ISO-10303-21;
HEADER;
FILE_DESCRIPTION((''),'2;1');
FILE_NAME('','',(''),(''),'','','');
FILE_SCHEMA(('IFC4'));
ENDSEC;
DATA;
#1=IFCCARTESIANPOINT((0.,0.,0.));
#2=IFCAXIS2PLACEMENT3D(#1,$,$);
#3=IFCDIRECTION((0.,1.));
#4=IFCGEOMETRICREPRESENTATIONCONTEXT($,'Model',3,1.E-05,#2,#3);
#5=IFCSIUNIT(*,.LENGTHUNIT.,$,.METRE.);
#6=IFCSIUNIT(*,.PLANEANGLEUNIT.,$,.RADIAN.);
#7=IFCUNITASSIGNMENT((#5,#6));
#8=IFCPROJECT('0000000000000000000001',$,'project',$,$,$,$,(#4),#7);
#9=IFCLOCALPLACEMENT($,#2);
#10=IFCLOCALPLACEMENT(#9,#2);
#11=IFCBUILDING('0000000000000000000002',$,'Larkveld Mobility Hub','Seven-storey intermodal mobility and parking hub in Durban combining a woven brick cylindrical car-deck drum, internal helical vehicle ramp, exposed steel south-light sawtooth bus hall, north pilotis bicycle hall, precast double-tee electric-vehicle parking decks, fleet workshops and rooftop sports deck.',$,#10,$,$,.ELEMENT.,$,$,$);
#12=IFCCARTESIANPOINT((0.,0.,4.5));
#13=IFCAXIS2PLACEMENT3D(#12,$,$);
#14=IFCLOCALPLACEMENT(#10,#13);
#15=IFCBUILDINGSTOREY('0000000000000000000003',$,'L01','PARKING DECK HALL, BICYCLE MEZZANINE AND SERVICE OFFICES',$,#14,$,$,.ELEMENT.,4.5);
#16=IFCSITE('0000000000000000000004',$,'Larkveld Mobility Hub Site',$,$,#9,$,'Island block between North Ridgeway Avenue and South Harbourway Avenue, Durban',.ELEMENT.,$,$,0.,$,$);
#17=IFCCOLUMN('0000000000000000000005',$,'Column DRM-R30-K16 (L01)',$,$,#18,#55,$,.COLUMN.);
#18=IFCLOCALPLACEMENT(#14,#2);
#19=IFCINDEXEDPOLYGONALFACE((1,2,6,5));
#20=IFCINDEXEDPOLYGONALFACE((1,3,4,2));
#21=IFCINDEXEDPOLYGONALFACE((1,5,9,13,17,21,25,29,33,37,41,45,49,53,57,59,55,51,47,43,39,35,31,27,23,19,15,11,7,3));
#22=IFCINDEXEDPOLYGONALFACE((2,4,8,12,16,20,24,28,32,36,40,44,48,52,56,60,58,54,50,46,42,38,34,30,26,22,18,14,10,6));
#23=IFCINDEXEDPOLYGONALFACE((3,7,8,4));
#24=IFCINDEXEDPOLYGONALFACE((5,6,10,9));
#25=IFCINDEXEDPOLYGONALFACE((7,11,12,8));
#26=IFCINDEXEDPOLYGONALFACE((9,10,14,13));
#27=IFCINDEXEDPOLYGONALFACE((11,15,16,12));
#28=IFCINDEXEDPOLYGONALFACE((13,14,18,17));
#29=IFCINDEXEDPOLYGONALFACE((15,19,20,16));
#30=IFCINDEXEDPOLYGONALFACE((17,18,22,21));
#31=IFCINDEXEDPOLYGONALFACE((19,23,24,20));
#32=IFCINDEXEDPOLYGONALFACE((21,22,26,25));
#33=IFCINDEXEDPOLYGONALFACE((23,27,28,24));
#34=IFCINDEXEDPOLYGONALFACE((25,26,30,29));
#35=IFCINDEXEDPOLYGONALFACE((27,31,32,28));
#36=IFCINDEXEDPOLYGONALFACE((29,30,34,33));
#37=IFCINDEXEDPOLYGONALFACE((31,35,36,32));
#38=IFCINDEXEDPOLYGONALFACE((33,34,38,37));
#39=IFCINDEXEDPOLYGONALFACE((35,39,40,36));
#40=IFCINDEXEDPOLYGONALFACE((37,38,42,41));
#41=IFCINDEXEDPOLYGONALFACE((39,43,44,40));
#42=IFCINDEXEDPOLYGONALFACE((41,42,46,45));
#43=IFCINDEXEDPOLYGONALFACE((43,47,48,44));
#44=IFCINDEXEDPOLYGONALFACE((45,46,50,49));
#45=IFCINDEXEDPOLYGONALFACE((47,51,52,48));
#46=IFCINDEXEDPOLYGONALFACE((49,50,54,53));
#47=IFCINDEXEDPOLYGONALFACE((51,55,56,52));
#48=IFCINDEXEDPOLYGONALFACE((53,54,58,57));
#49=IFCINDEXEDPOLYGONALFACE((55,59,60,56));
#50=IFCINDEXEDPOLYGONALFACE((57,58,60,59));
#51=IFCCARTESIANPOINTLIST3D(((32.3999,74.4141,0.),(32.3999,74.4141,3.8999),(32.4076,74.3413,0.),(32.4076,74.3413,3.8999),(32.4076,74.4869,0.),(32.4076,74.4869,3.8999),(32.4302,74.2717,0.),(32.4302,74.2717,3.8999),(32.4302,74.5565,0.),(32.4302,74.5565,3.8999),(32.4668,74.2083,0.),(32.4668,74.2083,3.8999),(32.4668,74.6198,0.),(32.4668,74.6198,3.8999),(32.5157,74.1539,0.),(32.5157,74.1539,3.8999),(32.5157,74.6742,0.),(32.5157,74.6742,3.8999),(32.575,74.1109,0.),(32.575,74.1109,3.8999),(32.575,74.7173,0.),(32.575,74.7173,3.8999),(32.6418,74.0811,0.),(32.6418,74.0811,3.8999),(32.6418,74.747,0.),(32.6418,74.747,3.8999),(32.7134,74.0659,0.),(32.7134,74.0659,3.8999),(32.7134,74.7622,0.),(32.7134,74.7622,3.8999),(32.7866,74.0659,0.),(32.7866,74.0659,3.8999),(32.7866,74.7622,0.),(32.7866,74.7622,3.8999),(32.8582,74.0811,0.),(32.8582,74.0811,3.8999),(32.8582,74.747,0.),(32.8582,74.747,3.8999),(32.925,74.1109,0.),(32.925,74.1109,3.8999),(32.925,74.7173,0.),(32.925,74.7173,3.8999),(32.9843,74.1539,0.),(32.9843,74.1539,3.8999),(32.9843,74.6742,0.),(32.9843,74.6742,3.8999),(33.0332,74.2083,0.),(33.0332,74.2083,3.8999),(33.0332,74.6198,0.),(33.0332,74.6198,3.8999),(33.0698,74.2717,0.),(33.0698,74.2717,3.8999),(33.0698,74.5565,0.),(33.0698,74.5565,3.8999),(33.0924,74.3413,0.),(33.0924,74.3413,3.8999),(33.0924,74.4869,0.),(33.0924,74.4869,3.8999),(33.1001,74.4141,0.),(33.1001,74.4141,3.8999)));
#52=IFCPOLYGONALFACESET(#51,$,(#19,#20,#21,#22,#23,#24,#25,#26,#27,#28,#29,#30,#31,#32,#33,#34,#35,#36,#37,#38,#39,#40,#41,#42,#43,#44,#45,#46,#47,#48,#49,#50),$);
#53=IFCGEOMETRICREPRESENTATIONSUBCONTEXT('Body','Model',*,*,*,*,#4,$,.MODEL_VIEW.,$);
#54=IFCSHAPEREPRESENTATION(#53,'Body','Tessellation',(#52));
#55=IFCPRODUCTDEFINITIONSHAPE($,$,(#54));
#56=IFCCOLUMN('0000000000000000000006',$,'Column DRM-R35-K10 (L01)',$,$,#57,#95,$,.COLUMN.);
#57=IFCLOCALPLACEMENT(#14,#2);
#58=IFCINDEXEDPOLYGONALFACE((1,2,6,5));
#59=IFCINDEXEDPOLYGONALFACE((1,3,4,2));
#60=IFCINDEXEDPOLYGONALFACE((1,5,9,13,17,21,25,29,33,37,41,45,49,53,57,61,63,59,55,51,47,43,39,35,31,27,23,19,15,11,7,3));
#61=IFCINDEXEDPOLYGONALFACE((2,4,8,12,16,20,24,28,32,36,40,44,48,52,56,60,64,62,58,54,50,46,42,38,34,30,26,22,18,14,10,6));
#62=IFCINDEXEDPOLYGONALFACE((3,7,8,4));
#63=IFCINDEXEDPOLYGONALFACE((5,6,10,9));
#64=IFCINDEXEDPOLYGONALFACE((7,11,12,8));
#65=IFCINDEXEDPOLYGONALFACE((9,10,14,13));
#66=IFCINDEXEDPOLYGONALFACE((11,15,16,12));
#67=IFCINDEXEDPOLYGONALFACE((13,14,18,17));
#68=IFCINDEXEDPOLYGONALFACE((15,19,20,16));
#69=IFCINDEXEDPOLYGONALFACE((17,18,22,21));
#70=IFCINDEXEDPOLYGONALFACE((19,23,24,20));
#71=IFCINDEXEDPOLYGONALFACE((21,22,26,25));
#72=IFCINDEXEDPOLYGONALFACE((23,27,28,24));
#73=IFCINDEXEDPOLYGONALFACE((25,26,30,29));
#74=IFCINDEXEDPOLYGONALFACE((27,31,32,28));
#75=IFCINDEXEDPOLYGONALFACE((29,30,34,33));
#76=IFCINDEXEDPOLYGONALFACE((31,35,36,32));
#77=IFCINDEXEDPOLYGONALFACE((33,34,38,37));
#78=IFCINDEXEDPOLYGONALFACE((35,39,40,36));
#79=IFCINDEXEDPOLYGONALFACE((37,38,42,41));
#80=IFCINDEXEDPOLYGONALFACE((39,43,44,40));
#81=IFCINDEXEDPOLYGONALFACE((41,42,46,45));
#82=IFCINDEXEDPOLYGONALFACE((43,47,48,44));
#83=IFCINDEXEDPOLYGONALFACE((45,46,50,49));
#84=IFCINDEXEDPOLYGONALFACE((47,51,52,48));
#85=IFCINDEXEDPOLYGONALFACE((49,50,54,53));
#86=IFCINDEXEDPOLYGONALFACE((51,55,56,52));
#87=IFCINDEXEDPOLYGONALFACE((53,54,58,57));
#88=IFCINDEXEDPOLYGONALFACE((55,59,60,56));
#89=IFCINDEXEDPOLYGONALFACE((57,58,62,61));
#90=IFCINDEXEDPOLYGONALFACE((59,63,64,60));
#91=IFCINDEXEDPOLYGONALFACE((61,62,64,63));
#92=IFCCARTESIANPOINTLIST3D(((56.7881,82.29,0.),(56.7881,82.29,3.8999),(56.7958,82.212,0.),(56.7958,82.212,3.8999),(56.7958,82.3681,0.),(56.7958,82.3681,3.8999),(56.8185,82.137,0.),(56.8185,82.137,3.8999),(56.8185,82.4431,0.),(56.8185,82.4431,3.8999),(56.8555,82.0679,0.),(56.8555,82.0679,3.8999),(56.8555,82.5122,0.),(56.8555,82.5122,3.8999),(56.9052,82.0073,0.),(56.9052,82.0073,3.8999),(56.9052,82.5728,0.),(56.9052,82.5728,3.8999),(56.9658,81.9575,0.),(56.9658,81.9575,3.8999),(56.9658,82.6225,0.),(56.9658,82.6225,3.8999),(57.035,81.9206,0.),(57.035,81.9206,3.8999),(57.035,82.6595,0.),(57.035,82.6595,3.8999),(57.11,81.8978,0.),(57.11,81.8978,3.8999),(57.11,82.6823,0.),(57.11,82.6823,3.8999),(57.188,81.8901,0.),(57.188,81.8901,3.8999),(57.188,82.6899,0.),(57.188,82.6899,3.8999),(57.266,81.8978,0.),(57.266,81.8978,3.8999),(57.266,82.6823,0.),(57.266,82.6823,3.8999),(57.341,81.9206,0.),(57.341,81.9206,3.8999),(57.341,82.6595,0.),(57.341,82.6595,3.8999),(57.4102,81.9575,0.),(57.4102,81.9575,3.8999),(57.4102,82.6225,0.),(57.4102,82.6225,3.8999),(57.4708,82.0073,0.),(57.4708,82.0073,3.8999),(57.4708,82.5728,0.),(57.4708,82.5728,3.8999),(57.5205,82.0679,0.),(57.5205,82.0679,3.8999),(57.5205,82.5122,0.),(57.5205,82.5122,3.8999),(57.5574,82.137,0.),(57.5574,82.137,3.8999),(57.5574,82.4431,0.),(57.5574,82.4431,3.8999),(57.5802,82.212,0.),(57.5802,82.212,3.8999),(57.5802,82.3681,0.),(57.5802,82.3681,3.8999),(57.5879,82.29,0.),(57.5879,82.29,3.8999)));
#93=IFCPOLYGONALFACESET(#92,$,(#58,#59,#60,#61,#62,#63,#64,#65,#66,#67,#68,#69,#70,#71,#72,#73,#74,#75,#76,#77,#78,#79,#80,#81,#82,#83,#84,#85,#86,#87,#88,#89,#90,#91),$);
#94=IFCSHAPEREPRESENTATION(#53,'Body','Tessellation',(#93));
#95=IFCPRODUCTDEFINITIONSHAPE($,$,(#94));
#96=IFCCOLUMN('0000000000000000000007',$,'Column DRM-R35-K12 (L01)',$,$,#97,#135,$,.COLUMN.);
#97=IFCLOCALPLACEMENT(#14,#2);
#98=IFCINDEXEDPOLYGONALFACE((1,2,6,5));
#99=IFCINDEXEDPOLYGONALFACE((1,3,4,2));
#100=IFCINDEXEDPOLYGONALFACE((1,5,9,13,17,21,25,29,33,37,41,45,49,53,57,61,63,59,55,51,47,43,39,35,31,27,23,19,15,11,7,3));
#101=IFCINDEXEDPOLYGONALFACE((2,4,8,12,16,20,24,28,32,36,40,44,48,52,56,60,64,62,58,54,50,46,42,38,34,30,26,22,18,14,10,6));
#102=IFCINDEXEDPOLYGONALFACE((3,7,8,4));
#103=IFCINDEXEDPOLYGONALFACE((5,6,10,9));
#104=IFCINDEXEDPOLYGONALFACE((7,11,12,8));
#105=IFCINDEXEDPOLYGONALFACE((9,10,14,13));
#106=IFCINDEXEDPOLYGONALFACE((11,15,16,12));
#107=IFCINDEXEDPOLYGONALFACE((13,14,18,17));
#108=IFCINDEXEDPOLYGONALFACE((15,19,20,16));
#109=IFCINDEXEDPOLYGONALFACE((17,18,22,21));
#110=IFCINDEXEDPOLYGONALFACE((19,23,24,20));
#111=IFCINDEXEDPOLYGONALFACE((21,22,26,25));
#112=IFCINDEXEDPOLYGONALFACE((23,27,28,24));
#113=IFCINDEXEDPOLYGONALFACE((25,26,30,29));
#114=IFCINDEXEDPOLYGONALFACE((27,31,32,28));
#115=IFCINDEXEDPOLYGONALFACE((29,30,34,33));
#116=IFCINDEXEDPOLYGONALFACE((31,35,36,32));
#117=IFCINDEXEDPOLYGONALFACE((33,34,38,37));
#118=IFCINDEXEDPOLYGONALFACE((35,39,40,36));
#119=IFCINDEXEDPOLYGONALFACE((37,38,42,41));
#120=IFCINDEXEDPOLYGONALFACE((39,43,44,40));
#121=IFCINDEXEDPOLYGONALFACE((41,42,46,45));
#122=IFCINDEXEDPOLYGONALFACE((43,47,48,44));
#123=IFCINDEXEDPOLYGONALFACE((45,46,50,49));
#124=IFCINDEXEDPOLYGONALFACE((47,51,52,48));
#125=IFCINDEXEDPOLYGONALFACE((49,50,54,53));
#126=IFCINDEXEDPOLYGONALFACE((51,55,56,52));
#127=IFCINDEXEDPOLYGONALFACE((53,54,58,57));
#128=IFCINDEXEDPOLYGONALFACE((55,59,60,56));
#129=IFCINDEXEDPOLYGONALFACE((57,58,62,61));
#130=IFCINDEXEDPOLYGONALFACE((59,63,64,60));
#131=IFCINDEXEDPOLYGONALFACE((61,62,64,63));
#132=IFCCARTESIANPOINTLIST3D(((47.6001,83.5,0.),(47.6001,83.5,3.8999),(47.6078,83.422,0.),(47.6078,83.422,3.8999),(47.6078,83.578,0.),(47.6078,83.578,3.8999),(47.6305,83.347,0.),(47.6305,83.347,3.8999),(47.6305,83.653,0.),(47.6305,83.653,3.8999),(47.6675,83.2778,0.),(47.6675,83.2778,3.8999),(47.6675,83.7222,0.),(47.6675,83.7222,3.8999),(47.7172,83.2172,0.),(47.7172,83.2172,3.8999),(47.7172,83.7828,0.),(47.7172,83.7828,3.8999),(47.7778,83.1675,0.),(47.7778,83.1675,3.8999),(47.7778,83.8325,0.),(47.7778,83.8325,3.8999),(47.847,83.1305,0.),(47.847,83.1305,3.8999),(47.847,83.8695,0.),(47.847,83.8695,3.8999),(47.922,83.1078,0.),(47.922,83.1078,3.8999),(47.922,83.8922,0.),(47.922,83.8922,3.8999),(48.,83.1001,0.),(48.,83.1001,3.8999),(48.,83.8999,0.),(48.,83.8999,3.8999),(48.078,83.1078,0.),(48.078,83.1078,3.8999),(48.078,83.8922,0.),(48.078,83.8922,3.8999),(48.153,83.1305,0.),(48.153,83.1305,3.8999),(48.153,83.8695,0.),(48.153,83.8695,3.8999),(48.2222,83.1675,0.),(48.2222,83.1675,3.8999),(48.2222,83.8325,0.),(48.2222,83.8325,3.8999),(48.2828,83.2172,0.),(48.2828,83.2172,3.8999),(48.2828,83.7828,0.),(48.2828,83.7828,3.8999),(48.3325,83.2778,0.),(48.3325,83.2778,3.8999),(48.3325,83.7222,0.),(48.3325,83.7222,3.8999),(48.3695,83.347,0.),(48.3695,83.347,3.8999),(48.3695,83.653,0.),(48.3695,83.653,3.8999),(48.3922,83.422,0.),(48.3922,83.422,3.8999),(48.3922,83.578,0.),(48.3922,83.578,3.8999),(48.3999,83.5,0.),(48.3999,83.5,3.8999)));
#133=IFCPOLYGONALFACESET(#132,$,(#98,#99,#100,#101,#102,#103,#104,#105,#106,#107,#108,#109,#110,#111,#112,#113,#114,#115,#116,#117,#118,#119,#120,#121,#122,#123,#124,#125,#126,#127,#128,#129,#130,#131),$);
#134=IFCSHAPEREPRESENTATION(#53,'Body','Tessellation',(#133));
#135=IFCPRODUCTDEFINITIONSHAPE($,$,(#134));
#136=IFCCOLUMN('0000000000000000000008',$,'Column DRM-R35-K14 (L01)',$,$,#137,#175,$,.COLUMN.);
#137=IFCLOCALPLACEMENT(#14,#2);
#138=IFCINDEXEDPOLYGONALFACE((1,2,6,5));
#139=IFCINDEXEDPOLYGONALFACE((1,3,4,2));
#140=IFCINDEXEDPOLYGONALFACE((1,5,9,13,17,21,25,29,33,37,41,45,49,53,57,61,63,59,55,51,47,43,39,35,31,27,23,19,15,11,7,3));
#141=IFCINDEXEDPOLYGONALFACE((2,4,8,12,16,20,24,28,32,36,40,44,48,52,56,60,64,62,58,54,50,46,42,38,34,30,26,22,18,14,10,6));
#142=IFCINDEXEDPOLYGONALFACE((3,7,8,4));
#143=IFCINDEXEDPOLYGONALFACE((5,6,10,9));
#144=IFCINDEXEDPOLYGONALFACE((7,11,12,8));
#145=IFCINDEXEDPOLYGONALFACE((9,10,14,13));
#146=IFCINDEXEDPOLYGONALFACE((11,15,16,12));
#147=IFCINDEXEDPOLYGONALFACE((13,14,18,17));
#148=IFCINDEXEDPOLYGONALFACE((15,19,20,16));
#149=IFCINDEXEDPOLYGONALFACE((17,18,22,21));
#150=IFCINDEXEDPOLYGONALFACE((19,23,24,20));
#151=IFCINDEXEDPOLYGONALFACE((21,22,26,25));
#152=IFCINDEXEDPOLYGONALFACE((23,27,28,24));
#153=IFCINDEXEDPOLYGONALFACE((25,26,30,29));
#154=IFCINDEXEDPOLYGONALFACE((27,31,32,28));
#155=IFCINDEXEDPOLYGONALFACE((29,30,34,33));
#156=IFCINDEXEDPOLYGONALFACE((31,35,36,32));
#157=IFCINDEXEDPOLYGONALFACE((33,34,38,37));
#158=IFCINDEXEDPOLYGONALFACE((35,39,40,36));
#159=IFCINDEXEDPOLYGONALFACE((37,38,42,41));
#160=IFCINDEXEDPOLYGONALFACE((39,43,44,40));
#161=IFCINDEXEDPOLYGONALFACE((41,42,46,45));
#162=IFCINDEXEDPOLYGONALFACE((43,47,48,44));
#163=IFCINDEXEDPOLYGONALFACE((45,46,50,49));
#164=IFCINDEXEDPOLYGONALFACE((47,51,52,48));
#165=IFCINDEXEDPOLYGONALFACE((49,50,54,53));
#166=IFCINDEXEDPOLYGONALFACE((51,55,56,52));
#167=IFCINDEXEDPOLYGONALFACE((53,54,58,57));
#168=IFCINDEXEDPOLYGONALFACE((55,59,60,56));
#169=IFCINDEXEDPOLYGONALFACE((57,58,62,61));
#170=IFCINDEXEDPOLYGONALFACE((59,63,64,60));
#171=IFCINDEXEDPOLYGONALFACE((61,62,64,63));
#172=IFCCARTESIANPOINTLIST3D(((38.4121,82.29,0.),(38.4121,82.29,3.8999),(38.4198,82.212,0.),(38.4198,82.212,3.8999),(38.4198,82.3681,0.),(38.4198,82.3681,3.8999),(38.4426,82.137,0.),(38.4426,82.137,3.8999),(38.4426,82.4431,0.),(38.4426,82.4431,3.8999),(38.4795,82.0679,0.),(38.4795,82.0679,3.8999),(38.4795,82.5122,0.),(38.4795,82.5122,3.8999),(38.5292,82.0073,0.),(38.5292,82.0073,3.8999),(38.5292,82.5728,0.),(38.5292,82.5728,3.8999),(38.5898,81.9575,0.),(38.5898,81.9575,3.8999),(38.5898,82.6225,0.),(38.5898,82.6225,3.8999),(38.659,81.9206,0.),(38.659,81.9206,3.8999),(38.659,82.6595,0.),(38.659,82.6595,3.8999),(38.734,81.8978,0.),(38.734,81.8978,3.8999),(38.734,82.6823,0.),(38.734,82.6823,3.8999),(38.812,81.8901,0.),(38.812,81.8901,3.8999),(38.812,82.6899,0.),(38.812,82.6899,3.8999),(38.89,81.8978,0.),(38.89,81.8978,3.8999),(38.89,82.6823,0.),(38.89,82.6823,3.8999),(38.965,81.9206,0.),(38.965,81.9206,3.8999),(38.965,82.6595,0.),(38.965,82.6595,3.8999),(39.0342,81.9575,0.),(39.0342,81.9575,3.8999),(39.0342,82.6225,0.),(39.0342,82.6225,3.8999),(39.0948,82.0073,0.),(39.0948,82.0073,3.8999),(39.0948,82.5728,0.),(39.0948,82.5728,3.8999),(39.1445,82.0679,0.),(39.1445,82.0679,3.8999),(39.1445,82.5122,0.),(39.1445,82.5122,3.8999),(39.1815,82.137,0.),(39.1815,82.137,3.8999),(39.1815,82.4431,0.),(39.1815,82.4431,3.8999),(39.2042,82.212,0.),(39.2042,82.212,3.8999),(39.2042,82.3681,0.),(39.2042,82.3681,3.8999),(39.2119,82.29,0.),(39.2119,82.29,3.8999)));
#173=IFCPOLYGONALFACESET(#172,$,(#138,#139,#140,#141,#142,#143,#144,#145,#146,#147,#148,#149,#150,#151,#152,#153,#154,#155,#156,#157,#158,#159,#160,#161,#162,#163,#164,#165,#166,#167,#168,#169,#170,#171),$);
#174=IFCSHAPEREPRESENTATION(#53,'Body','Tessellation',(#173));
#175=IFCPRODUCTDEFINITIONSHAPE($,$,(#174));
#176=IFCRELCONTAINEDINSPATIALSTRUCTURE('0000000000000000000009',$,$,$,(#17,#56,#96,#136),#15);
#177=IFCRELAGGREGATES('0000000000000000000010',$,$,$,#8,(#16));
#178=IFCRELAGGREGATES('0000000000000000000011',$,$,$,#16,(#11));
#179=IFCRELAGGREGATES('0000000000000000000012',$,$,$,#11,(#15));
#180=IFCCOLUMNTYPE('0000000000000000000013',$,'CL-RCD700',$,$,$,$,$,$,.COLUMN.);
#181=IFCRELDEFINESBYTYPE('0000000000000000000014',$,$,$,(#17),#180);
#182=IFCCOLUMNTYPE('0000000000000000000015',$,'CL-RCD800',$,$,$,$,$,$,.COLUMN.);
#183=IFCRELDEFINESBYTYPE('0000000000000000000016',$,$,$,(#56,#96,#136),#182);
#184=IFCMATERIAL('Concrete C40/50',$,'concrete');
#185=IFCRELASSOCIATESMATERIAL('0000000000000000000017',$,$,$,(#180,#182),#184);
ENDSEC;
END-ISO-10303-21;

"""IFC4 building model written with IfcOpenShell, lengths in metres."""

from ifc_helpers import new_model, si_unit, direction, frame, origin, origin_2d, place, context, subcontext, project, spatial, circle, extrude, material, material_profile, profile_set, type_object, element, save


model = new_model("IFC4")

# Units and contexts
model_context = context("Model", 3, precision=1e-05, world=origin(), true_north=direction((0.0, 1.0)))
body_context = subcontext(model_context, "Body", "Model", "MODEL_VIEW")
ifc_project = project(units=[si_unit("LENGTHUNIT", "METRE"), si_unit("PLANEANGLEUNIT", "RADIAN")], contexts=[model_context])

# Site, building, storey
site_placement = place(None, origin())
site = spatial("IfcSite", under=ifc_project, at=site_placement, Name="Larkveld Mobility Hub Site", LongName="Island block between North Ridgeway Avenue and South Harbourway Avenue, Durban", CompositionType="ELEMENT", RefElevation=0.0)
building_placement = place(site_placement, origin())
building = spatial("IfcBuilding", under=site, at=building_placement, Name="Larkveld Mobility Hub", Description="Seven-storey intermodal mobility and parking hub in Durban combining a woven brick cylindrical car-deck drum, internal helical vehicle ramp, exposed steel south-light sawtooth bus hall, north pilotis bicycle hall, precast double-tee electric-vehicle parking decks, fleet workshops and rooftop sports deck.", CompositionType="ELEMENT")
storey_placement = place(building_placement, frame((0.0, 0.0, 4.5)))
storey = spatial("IfcBuildingStorey", under=building, at=storey_placement, Name="L01", Description="PARKING DECK HALL, BICYCLE MEZZANINE AND SERVICE OFFICES", CompositionType="ELEMENT", Elevation=4.5)

# Columns
ifc_material_1 = material(Name="Concrete C40/50", Category="concrete")
ifc_material_profile_1 = material_profile(ifc_material_1, circle(Radius=0.3501, at=origin_2d()), Name="RC COL D700")
ifc_profile_set_1 = profile_set([ifc_material_profile_1], Name="Concrete C40/50")
column_type_1 = type_object("IfcColumnType", Name="CL-RCD700", PredefinedType="COLUMN", material=ifc_profile_set_1)
for number, where, z_axis, x_axis, name in (
    (1, (32.75, 74.4141, 0.0), (0.0, 0.0, 1.0), (1.0, 0.0, 0.0), "Column DRM-R30-K16 (L01)"),
):
    element("IfcColumn", number, at=place(storey_placement, frame(where, z_axis=z_axis, x_axis=x_axis)), inside=storey, type_object=column_type_1, Name=name, PredefinedType="COLUMN", context=body_context, shape_type="SweptSolid", body=[
        extrude(circle(Radius=0.3501, at=origin_2d()), origin(), (0.0, 0.0, 1.0), 3.8999),
    ])
ifc_material_profile_2 = material_profile(ifc_material_1, circle(Radius=0.3999, at=origin_2d()), Name="RC COL D800")
ifc_profile_set_2 = profile_set([ifc_material_profile_2], Name="Concrete C40/50")
column_type_2 = type_object("IfcColumnType", Name="CL-RCD800", PredefinedType="COLUMN", material=ifc_profile_set_2)
for number, where, z_axis, x_axis, name in (
    (2, (57.188, 82.29, 0.0), (0.0, 0.0, 1.0), (1.0, 0.0, 0.0), "Column DRM-R35-K10 (L01)"),
    (3, (48.0, 83.5, 0.0), (0.0, 0.0, 1.0), (1.0, 0.0, 0.0), "Column DRM-R35-K12 (L01)"),
    (4, (38.812, 82.29, 0.0), (0.0, 0.0, 1.0), (1.0, 0.0, 0.0), "Column DRM-R35-K14 (L01)"),
):
    element("IfcColumn", number, at=place(storey_placement, frame(where, z_axis=z_axis, x_axis=x_axis)), inside=storey, type_object=column_type_2, Name=name, PredefinedType="COLUMN", context=body_context, shape_type="SweptSolid", body=[
        extrude(circle(Radius=0.3999, at=origin_2d()), origin(), (0.0, 0.0, 1.0), 3.8999),
    ])

save(model, "model.ifc")
